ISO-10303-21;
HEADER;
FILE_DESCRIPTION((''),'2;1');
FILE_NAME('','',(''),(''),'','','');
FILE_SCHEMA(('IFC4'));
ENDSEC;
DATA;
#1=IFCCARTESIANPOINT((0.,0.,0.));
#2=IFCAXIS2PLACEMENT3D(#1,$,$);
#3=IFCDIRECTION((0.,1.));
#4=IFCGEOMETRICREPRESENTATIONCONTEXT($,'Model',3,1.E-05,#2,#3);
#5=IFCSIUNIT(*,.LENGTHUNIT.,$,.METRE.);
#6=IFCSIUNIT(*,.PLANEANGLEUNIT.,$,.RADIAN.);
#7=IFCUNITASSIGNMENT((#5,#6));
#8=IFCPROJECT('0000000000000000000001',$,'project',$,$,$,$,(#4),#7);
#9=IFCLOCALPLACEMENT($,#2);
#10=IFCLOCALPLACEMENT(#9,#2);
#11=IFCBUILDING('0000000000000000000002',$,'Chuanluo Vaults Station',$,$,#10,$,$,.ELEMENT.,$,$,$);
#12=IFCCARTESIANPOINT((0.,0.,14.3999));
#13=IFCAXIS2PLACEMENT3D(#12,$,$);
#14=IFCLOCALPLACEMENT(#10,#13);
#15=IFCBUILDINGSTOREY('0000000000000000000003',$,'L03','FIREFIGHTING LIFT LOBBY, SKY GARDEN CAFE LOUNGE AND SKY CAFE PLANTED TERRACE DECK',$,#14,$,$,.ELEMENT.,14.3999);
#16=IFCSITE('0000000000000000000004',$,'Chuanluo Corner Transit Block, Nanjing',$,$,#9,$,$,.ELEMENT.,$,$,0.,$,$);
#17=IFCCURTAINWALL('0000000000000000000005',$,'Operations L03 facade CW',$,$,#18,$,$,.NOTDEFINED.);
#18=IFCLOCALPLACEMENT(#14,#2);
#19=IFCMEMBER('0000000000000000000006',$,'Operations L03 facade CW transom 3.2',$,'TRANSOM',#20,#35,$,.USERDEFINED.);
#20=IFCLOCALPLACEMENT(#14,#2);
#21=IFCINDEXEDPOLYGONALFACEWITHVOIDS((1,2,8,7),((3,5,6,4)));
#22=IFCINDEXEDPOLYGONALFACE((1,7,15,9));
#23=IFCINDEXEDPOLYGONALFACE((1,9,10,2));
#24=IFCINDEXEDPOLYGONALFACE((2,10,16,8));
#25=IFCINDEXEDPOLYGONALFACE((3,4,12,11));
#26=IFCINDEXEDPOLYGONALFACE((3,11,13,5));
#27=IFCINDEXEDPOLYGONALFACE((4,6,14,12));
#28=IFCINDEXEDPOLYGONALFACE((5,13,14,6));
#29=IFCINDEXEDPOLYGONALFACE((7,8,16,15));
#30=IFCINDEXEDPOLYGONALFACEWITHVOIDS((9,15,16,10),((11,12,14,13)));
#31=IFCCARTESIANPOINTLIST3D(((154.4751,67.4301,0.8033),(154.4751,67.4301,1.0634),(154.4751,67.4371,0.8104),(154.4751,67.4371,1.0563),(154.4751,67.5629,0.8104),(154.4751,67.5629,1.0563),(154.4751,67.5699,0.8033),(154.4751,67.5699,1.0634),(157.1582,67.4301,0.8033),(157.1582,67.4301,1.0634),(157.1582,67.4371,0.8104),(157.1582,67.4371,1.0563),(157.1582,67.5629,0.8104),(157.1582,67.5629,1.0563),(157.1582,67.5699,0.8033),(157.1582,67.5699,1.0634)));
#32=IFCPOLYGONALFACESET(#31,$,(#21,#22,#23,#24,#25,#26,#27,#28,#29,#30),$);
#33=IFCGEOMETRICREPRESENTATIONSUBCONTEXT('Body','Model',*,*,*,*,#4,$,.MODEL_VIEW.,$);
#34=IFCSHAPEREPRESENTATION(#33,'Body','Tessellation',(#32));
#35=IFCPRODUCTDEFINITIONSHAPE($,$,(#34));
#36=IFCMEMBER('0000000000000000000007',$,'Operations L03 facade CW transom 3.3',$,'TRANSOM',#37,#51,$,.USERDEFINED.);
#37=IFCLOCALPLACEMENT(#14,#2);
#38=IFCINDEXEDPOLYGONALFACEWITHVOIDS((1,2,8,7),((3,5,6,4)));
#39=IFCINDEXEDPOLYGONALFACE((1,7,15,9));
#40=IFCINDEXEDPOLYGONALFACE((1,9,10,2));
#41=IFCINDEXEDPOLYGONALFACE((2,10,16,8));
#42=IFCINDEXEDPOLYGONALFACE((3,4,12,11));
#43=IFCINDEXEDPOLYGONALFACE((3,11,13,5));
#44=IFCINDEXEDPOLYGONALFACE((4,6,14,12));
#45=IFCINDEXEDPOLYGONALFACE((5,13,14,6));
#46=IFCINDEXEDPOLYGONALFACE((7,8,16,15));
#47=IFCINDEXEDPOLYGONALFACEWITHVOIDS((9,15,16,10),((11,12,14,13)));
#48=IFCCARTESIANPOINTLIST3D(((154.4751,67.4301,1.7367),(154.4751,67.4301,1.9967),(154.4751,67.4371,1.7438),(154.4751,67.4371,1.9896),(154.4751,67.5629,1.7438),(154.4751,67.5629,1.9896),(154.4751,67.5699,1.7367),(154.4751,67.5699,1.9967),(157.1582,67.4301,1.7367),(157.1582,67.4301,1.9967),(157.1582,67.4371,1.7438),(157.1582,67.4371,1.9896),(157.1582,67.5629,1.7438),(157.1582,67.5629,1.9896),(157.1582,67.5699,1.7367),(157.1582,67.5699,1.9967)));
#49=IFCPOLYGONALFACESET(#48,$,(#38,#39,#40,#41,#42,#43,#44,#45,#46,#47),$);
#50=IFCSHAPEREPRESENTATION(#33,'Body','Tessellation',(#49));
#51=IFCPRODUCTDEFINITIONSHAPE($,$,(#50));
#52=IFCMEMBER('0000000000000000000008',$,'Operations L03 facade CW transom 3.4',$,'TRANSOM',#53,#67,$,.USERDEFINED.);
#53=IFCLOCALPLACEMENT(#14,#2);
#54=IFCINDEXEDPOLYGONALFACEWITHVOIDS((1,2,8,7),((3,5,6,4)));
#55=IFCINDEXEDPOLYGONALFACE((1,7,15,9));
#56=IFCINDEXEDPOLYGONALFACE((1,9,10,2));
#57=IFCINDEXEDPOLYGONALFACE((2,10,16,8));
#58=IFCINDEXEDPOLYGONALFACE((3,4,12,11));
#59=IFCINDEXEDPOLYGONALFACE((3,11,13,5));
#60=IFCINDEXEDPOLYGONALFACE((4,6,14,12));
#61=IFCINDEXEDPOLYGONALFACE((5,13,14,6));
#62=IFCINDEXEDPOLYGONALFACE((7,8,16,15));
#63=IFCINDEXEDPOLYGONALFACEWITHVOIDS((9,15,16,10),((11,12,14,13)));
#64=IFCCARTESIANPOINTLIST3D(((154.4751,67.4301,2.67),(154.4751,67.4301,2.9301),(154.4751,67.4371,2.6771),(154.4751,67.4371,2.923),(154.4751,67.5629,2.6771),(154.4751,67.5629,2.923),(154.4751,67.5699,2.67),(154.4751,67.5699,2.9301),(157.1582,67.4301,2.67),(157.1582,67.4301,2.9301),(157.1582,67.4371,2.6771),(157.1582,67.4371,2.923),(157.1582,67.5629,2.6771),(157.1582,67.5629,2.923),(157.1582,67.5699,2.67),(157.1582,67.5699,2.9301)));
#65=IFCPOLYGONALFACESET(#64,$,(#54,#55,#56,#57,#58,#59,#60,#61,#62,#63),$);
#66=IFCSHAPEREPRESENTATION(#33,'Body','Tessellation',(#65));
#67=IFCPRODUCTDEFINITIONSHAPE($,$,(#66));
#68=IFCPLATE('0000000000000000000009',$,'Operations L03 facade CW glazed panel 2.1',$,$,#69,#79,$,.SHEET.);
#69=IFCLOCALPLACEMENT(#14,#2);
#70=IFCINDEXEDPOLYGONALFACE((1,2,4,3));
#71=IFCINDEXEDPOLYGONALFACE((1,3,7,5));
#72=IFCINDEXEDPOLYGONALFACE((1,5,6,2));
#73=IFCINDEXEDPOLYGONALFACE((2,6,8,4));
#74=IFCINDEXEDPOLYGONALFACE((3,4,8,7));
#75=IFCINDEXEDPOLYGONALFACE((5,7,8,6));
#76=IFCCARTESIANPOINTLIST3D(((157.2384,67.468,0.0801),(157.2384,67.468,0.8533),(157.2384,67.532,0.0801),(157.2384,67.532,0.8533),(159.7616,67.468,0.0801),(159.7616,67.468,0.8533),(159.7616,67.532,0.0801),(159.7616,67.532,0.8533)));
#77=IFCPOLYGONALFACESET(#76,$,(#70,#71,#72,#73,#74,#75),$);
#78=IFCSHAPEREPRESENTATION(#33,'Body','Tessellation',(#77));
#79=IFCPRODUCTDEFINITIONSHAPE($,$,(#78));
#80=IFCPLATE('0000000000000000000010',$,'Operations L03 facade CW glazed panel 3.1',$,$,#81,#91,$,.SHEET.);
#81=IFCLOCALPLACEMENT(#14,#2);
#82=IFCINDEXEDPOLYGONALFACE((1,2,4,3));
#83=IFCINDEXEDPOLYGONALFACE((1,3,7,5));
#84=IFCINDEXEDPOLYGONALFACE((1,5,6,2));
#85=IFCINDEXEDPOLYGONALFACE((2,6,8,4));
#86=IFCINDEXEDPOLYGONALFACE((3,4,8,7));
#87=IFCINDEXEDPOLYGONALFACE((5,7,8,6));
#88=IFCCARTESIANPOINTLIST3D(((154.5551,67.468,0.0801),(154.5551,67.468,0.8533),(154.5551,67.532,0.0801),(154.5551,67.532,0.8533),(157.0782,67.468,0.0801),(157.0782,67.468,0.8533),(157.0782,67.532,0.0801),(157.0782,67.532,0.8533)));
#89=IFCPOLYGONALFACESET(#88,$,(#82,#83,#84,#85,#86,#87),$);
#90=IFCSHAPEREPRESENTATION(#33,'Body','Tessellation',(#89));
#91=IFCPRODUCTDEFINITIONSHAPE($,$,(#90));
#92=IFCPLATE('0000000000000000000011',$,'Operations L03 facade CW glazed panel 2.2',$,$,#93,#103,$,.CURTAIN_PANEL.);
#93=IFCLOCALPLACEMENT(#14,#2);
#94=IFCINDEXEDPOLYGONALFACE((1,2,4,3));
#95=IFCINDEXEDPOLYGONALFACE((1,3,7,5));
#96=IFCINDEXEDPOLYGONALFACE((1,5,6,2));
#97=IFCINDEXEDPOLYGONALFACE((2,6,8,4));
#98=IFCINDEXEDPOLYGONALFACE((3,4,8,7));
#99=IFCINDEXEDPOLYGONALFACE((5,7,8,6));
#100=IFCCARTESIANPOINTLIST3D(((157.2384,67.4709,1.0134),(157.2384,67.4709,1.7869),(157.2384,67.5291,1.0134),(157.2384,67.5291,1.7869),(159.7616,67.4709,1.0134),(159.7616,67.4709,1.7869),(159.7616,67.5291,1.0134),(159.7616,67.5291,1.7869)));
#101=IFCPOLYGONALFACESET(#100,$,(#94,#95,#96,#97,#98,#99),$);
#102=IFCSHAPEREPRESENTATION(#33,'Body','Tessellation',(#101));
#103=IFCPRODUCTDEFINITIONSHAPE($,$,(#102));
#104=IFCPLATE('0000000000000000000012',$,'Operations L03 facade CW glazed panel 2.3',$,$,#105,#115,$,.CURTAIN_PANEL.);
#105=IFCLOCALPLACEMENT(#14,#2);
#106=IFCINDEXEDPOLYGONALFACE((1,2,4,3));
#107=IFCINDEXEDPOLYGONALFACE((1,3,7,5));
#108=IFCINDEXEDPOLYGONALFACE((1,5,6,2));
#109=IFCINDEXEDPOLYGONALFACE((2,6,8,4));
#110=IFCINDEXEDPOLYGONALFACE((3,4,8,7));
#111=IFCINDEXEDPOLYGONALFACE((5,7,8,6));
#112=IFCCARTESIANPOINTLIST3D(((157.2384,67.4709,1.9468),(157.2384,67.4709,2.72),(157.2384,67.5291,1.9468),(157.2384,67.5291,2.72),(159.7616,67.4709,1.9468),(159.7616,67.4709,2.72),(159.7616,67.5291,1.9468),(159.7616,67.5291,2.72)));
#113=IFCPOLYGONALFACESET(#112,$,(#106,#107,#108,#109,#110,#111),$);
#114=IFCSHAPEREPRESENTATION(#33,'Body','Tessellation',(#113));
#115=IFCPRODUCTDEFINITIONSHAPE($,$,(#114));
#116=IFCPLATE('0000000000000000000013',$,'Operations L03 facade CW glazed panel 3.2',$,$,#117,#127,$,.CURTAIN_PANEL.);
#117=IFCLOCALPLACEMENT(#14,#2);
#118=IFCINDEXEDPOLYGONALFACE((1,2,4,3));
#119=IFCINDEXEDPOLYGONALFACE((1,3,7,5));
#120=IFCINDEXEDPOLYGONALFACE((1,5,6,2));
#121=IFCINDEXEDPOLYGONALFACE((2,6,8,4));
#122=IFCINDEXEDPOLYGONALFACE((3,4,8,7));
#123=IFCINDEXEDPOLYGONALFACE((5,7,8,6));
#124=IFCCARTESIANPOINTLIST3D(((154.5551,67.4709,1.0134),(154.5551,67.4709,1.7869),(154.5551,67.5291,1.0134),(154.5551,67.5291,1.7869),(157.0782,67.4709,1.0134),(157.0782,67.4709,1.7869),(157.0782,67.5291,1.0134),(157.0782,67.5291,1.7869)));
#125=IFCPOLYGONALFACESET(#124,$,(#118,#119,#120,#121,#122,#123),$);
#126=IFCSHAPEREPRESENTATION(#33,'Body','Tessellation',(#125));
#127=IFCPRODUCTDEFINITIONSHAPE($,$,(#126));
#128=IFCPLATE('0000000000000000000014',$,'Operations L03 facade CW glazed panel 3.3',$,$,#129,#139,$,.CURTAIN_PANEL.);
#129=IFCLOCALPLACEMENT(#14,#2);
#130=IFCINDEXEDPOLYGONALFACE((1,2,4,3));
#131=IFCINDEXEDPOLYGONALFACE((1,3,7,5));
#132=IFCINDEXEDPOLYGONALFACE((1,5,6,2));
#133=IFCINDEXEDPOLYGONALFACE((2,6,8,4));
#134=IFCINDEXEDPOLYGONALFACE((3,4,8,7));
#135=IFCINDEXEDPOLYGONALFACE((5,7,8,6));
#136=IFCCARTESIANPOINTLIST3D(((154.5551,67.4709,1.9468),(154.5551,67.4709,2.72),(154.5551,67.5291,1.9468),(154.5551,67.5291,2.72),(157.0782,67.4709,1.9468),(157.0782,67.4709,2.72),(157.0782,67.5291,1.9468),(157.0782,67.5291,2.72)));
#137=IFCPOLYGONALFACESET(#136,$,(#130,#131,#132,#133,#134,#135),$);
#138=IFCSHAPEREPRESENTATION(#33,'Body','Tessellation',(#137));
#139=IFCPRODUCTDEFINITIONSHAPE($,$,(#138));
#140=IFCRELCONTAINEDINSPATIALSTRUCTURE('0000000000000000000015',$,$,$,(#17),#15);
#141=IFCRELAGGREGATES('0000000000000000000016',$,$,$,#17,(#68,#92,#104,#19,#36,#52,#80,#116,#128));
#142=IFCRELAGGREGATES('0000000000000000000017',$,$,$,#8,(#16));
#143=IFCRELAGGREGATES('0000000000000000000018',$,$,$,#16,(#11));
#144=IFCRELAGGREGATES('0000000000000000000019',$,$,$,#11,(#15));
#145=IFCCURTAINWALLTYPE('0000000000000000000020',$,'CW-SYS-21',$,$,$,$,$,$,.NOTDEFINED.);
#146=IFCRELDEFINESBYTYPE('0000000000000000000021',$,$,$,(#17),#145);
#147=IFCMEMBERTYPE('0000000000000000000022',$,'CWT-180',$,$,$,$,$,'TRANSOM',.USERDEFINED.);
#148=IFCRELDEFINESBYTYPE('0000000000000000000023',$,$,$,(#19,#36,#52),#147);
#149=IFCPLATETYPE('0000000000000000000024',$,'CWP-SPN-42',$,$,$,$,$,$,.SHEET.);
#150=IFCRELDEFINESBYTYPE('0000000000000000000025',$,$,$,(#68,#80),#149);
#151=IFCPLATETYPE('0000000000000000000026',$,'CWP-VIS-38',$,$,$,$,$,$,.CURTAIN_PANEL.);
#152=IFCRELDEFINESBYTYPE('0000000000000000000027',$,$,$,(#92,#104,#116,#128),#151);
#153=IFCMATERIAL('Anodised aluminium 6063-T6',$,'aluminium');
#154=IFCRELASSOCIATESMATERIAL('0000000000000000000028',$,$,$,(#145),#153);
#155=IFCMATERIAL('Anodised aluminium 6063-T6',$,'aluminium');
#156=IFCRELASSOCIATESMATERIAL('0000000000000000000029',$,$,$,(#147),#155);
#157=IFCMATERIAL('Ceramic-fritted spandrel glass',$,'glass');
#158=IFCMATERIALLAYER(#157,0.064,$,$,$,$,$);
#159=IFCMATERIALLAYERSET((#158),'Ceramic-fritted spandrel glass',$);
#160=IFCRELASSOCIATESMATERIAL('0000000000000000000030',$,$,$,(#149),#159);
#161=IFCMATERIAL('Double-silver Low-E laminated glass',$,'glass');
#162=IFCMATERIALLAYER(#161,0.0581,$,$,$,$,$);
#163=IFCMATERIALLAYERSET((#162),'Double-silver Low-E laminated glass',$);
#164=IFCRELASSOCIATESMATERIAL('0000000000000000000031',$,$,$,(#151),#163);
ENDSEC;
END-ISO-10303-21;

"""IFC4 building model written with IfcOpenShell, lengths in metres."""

from ifc_helpers import new_model, si_unit, direction, frame, origin, origin_2d, place, context, subcontext, project, spatial, rectangle, hollow_rectangle, extrude, material, layer, layer_set, material_profile, profile_set, type_object, element, aggregate, save


model = new_model("IFC4")

# Units and contexts
model_context = context("Model", 3, precision=1e-05, world=origin(), true_north=direction((0.0, 1.0)))
body_context = subcontext(model_context, "Body", "Model", "MODEL_VIEW")
ifc_project = project(units=[si_unit("LENGTHUNIT", "METRE"), si_unit("PLANEANGLEUNIT", "RADIAN")], contexts=[model_context])

# Site, building, storey
site_placement = place(None, origin())
site = spatial("IfcSite", under=ifc_project, at=site_placement, Name="Chuanluo Corner Transit Block, Nanjing", CompositionType="ELEMENT", RefElevation=0.0)
building_placement = place(site_placement, origin())
building = spatial("IfcBuilding", under=site, at=building_placement, Name="Chuanluo Vaults Station", CompositionType="ELEMENT")
storey_placement = place(building_placement, frame((0.0, 0.0, 14.3999)))
storey = spatial("IfcBuildingStorey", under=building, at=storey_placement, Name="L03", Description="FIREFIGHTING LIFT LOBBY, SKY GARDEN CAFE LOUNGE AND SKY CAFE PLANTED TERRACE DECK", CompositionType="ELEMENT", Elevation=14.3999)

# Curtain wall, members, plates
ifc_material_1 = material(Name="Anodised aluminium 6063-T6", Category="aluminium")
curtain_wall_type = type_object("IfcCurtainWallType", Name="CW-SYS-21", PredefinedType="NOTDEFINED", material=ifc_material_1)
curtain_wall_placement = place(storey_placement, origin())
curtain_wall = element("IfcCurtainWall", 1, at=curtain_wall_placement, inside=storey, type_object=curtain_wall_type, Name="Operations L03 facade CW", PredefinedType="NOTDEFINED")
ifc_material_2 = material(Name="Anodised aluminium 6063-T6", Category="aluminium")
ifc_material_profile_1 = material_profile(ifc_material_2, hollow_rectangle(XDim=0.1399, YDim=0.26, WallThickness=0.0071, at=origin_2d()))
ifc_profile_set_1 = profile_set([ifc_material_profile_1], Name="Anodised aluminium 6063-T6")
member_type_1 = type_object("IfcMemberType", Name="CWT-180", ElementType="TRANSOM", PredefinedType="USERDEFINED", material=ifc_profile_set_1)
member_1_placement = place(storey_placement, frame((157.1582, 67.5, 0.9333), z_axis=(-1.0, 0.0, 0.0), x_axis=(0.0, -1.0, 0.0)))
member_1 = element("IfcMember", 2, at=member_1_placement, type_object=member_type_1, Name="Operations L03 facade CW transom 3.2", ObjectType="TRANSOM", PredefinedType="USERDEFINED", context=body_context, shape_type="SweptSolid", body=[
    extrude(hollow_rectangle(XDim=0.1399, YDim=0.26, WallThickness=0.0071, at=origin_2d()), origin(), (0.0, 0.0, 1.0), 2.6831),
])
member_2_placement = place(storey_placement, frame((157.1582, 67.5, 1.8667), z_axis=(-1.0, 0.0, 0.0), x_axis=(0.0, -1.0, 0.0)))
member_2 = element("IfcMember", 3, at=member_2_placement, type_object=member_type_1, Name="Operations L03 facade CW transom 3.3", ObjectType="TRANSOM", PredefinedType="USERDEFINED", context=body_context, shape_type="SweptSolid", body=[
    extrude(hollow_rectangle(XDim=0.1399, YDim=0.26, WallThickness=0.0071, at=origin_2d()), origin(), (0.0, 0.0, 1.0), 2.6831),
])
member_3_placement = place(storey_placement, frame((157.1582, 67.5, 2.8), z_axis=(-1.0, 0.0, 0.0), x_axis=(0.0, -1.0, 0.0)))
member_3 = element("IfcMember", 4, at=member_3_placement, type_object=member_type_1, Name="Operations L03 facade CW transom 3.4", ObjectType="TRANSOM", PredefinedType="USERDEFINED", context=body_context, shape_type="SweptSolid", body=[
    extrude(hollow_rectangle(XDim=0.1399, YDim=0.26, WallThickness=0.0071, at=origin_2d()), origin(), (0.0, 0.0, 1.0), 2.6831),
])
ifc_material_3 = material(Name="Ceramic-fritted spandrel glass", Category="glass")
ifc_layer_1 = layer(ifc_material_3, 0.064)
ifc_layer_set_1 = layer_set([ifc_layer_1], Name="Ceramic-fritted spandrel glass")
plate_type_1 = type_object("IfcPlateType", Name="CWP-SPN-42", PredefinedType="SHEET", material=ifc_layer_set_1)
plate_1_placement = place(storey_placement, frame((158.5, 67.5, 0.0801), z_axis=(0.0, 0.0, 1.0), x_axis=(-1.0, 0.0, 0.0)))
plate_1 = element("IfcPlate", 5, at=plate_1_placement, type_object=plate_type_1, Name="Operations L03 facade CW glazed panel 2.1", PredefinedType="SHEET", context=body_context, shape_type="SweptSolid", body=[
    extrude(rectangle(XDim=2.5232, YDim=0.064, at=origin_2d()), origin(), (0.0, 0.0, 1.0), 0.7732),
])
plate_2_placement = place(storey_placement, frame((155.8167, 67.5, 0.0801), z_axis=(0.0, 0.0, 1.0), x_axis=(-1.0, 0.0, 0.0)))
plate_2 = element("IfcPlate", 6, at=plate_2_placement, type_object=plate_type_1, Name="Operations L03 facade CW glazed panel 3.1", PredefinedType="SHEET", context=body_context, shape_type="SweptSolid", body=[
    extrude(rectangle(XDim=2.5232, YDim=0.064, at=origin_2d()), origin(), (0.0, 0.0, 1.0), 0.7732),
])
ifc_material_4 = material(Name="Double-silver Low-E laminated glass", Category="glass")
ifc_layer_2 = layer(ifc_material_4, 0.0581)
ifc_layer_set_2 = layer_set([ifc_layer_2], Name="Double-silver Low-E laminated glass")
plate_type_2 = type_object("IfcPlateType", Name="CWP-VIS-38", PredefinedType="CURTAIN_PANEL", material=ifc_layer_set_2)
plate_3_placement = place(storey_placement, frame((158.5, 67.5, 1.0134), z_axis=(0.0, 0.0, 1.0), x_axis=(-1.0, 0.0, 0.0)))
plate_3 = element("IfcPlate", 7, at=plate_3_placement, type_object=plate_type_2, Name="Operations L03 facade CW glazed panel 2.2", PredefinedType="CURTAIN_PANEL", context=body_context, shape_type="SweptSolid", body=[
    extrude(rectangle(XDim=2.5232, YDim=0.0581, at=origin_2d()), origin(), (0.0, 0.0, 1.0), 0.7734),
])
plate_4_placement = place(storey_placement, frame((158.5, 67.5, 1.9468), z_axis=(0.0, 0.0, 1.0), x_axis=(-1.0, 0.0, 0.0)))
plate_4 = element("IfcPlate", 8, at=plate_4_placement, type_object=plate_type_2, Name="Operations L03 facade CW glazed panel 2.3", PredefinedType="CURTAIN_PANEL", context=body_context, shape_type="SweptSolid", body=[
    extrude(rectangle(XDim=2.5232, YDim=0.0581, at=origin_2d()), origin(), (0.0, 0.0, 1.0), 0.7732),
])
plate_5_placement = place(storey_placement, frame((155.8167, 67.5, 1.0134), z_axis=(0.0, 0.0, 1.0), x_axis=(-1.0, 0.0, 0.0)))
plate_5 = element("IfcPlate", 9, at=plate_5_placement, type_object=plate_type_2, Name="Operations L03 facade CW glazed panel 3.2", PredefinedType="CURTAIN_PANEL", context=body_context, shape_type="SweptSolid", body=[
    extrude(rectangle(XDim=2.5232, YDim=0.0581, at=origin_2d()), origin(), (0.0, 0.0, 1.0), 0.7734),
])
plate_6_placement = place(storey_placement, frame((155.8167, 67.5, 1.9468), z_axis=(0.0, 0.0, 1.0), x_axis=(-1.0, 0.0, 0.0)))
plate_6 = element("IfcPlate", 10, at=plate_6_placement, type_object=plate_type_2, Name="Operations L03 facade CW glazed panel 3.3", PredefinedType="CURTAIN_PANEL", context=body_context, shape_type="SweptSolid", body=[
    extrude(rectangle(XDim=2.5232, YDim=0.0581, at=origin_2d()), origin(), (0.0, 0.0, 1.0), 0.7732),
])
aggregate(curtain_wall, [plate_1, plate_3, plate_4, member_1, member_2, member_3, plate_2, plate_5, plate_6])

save(model, "model.ifc")
